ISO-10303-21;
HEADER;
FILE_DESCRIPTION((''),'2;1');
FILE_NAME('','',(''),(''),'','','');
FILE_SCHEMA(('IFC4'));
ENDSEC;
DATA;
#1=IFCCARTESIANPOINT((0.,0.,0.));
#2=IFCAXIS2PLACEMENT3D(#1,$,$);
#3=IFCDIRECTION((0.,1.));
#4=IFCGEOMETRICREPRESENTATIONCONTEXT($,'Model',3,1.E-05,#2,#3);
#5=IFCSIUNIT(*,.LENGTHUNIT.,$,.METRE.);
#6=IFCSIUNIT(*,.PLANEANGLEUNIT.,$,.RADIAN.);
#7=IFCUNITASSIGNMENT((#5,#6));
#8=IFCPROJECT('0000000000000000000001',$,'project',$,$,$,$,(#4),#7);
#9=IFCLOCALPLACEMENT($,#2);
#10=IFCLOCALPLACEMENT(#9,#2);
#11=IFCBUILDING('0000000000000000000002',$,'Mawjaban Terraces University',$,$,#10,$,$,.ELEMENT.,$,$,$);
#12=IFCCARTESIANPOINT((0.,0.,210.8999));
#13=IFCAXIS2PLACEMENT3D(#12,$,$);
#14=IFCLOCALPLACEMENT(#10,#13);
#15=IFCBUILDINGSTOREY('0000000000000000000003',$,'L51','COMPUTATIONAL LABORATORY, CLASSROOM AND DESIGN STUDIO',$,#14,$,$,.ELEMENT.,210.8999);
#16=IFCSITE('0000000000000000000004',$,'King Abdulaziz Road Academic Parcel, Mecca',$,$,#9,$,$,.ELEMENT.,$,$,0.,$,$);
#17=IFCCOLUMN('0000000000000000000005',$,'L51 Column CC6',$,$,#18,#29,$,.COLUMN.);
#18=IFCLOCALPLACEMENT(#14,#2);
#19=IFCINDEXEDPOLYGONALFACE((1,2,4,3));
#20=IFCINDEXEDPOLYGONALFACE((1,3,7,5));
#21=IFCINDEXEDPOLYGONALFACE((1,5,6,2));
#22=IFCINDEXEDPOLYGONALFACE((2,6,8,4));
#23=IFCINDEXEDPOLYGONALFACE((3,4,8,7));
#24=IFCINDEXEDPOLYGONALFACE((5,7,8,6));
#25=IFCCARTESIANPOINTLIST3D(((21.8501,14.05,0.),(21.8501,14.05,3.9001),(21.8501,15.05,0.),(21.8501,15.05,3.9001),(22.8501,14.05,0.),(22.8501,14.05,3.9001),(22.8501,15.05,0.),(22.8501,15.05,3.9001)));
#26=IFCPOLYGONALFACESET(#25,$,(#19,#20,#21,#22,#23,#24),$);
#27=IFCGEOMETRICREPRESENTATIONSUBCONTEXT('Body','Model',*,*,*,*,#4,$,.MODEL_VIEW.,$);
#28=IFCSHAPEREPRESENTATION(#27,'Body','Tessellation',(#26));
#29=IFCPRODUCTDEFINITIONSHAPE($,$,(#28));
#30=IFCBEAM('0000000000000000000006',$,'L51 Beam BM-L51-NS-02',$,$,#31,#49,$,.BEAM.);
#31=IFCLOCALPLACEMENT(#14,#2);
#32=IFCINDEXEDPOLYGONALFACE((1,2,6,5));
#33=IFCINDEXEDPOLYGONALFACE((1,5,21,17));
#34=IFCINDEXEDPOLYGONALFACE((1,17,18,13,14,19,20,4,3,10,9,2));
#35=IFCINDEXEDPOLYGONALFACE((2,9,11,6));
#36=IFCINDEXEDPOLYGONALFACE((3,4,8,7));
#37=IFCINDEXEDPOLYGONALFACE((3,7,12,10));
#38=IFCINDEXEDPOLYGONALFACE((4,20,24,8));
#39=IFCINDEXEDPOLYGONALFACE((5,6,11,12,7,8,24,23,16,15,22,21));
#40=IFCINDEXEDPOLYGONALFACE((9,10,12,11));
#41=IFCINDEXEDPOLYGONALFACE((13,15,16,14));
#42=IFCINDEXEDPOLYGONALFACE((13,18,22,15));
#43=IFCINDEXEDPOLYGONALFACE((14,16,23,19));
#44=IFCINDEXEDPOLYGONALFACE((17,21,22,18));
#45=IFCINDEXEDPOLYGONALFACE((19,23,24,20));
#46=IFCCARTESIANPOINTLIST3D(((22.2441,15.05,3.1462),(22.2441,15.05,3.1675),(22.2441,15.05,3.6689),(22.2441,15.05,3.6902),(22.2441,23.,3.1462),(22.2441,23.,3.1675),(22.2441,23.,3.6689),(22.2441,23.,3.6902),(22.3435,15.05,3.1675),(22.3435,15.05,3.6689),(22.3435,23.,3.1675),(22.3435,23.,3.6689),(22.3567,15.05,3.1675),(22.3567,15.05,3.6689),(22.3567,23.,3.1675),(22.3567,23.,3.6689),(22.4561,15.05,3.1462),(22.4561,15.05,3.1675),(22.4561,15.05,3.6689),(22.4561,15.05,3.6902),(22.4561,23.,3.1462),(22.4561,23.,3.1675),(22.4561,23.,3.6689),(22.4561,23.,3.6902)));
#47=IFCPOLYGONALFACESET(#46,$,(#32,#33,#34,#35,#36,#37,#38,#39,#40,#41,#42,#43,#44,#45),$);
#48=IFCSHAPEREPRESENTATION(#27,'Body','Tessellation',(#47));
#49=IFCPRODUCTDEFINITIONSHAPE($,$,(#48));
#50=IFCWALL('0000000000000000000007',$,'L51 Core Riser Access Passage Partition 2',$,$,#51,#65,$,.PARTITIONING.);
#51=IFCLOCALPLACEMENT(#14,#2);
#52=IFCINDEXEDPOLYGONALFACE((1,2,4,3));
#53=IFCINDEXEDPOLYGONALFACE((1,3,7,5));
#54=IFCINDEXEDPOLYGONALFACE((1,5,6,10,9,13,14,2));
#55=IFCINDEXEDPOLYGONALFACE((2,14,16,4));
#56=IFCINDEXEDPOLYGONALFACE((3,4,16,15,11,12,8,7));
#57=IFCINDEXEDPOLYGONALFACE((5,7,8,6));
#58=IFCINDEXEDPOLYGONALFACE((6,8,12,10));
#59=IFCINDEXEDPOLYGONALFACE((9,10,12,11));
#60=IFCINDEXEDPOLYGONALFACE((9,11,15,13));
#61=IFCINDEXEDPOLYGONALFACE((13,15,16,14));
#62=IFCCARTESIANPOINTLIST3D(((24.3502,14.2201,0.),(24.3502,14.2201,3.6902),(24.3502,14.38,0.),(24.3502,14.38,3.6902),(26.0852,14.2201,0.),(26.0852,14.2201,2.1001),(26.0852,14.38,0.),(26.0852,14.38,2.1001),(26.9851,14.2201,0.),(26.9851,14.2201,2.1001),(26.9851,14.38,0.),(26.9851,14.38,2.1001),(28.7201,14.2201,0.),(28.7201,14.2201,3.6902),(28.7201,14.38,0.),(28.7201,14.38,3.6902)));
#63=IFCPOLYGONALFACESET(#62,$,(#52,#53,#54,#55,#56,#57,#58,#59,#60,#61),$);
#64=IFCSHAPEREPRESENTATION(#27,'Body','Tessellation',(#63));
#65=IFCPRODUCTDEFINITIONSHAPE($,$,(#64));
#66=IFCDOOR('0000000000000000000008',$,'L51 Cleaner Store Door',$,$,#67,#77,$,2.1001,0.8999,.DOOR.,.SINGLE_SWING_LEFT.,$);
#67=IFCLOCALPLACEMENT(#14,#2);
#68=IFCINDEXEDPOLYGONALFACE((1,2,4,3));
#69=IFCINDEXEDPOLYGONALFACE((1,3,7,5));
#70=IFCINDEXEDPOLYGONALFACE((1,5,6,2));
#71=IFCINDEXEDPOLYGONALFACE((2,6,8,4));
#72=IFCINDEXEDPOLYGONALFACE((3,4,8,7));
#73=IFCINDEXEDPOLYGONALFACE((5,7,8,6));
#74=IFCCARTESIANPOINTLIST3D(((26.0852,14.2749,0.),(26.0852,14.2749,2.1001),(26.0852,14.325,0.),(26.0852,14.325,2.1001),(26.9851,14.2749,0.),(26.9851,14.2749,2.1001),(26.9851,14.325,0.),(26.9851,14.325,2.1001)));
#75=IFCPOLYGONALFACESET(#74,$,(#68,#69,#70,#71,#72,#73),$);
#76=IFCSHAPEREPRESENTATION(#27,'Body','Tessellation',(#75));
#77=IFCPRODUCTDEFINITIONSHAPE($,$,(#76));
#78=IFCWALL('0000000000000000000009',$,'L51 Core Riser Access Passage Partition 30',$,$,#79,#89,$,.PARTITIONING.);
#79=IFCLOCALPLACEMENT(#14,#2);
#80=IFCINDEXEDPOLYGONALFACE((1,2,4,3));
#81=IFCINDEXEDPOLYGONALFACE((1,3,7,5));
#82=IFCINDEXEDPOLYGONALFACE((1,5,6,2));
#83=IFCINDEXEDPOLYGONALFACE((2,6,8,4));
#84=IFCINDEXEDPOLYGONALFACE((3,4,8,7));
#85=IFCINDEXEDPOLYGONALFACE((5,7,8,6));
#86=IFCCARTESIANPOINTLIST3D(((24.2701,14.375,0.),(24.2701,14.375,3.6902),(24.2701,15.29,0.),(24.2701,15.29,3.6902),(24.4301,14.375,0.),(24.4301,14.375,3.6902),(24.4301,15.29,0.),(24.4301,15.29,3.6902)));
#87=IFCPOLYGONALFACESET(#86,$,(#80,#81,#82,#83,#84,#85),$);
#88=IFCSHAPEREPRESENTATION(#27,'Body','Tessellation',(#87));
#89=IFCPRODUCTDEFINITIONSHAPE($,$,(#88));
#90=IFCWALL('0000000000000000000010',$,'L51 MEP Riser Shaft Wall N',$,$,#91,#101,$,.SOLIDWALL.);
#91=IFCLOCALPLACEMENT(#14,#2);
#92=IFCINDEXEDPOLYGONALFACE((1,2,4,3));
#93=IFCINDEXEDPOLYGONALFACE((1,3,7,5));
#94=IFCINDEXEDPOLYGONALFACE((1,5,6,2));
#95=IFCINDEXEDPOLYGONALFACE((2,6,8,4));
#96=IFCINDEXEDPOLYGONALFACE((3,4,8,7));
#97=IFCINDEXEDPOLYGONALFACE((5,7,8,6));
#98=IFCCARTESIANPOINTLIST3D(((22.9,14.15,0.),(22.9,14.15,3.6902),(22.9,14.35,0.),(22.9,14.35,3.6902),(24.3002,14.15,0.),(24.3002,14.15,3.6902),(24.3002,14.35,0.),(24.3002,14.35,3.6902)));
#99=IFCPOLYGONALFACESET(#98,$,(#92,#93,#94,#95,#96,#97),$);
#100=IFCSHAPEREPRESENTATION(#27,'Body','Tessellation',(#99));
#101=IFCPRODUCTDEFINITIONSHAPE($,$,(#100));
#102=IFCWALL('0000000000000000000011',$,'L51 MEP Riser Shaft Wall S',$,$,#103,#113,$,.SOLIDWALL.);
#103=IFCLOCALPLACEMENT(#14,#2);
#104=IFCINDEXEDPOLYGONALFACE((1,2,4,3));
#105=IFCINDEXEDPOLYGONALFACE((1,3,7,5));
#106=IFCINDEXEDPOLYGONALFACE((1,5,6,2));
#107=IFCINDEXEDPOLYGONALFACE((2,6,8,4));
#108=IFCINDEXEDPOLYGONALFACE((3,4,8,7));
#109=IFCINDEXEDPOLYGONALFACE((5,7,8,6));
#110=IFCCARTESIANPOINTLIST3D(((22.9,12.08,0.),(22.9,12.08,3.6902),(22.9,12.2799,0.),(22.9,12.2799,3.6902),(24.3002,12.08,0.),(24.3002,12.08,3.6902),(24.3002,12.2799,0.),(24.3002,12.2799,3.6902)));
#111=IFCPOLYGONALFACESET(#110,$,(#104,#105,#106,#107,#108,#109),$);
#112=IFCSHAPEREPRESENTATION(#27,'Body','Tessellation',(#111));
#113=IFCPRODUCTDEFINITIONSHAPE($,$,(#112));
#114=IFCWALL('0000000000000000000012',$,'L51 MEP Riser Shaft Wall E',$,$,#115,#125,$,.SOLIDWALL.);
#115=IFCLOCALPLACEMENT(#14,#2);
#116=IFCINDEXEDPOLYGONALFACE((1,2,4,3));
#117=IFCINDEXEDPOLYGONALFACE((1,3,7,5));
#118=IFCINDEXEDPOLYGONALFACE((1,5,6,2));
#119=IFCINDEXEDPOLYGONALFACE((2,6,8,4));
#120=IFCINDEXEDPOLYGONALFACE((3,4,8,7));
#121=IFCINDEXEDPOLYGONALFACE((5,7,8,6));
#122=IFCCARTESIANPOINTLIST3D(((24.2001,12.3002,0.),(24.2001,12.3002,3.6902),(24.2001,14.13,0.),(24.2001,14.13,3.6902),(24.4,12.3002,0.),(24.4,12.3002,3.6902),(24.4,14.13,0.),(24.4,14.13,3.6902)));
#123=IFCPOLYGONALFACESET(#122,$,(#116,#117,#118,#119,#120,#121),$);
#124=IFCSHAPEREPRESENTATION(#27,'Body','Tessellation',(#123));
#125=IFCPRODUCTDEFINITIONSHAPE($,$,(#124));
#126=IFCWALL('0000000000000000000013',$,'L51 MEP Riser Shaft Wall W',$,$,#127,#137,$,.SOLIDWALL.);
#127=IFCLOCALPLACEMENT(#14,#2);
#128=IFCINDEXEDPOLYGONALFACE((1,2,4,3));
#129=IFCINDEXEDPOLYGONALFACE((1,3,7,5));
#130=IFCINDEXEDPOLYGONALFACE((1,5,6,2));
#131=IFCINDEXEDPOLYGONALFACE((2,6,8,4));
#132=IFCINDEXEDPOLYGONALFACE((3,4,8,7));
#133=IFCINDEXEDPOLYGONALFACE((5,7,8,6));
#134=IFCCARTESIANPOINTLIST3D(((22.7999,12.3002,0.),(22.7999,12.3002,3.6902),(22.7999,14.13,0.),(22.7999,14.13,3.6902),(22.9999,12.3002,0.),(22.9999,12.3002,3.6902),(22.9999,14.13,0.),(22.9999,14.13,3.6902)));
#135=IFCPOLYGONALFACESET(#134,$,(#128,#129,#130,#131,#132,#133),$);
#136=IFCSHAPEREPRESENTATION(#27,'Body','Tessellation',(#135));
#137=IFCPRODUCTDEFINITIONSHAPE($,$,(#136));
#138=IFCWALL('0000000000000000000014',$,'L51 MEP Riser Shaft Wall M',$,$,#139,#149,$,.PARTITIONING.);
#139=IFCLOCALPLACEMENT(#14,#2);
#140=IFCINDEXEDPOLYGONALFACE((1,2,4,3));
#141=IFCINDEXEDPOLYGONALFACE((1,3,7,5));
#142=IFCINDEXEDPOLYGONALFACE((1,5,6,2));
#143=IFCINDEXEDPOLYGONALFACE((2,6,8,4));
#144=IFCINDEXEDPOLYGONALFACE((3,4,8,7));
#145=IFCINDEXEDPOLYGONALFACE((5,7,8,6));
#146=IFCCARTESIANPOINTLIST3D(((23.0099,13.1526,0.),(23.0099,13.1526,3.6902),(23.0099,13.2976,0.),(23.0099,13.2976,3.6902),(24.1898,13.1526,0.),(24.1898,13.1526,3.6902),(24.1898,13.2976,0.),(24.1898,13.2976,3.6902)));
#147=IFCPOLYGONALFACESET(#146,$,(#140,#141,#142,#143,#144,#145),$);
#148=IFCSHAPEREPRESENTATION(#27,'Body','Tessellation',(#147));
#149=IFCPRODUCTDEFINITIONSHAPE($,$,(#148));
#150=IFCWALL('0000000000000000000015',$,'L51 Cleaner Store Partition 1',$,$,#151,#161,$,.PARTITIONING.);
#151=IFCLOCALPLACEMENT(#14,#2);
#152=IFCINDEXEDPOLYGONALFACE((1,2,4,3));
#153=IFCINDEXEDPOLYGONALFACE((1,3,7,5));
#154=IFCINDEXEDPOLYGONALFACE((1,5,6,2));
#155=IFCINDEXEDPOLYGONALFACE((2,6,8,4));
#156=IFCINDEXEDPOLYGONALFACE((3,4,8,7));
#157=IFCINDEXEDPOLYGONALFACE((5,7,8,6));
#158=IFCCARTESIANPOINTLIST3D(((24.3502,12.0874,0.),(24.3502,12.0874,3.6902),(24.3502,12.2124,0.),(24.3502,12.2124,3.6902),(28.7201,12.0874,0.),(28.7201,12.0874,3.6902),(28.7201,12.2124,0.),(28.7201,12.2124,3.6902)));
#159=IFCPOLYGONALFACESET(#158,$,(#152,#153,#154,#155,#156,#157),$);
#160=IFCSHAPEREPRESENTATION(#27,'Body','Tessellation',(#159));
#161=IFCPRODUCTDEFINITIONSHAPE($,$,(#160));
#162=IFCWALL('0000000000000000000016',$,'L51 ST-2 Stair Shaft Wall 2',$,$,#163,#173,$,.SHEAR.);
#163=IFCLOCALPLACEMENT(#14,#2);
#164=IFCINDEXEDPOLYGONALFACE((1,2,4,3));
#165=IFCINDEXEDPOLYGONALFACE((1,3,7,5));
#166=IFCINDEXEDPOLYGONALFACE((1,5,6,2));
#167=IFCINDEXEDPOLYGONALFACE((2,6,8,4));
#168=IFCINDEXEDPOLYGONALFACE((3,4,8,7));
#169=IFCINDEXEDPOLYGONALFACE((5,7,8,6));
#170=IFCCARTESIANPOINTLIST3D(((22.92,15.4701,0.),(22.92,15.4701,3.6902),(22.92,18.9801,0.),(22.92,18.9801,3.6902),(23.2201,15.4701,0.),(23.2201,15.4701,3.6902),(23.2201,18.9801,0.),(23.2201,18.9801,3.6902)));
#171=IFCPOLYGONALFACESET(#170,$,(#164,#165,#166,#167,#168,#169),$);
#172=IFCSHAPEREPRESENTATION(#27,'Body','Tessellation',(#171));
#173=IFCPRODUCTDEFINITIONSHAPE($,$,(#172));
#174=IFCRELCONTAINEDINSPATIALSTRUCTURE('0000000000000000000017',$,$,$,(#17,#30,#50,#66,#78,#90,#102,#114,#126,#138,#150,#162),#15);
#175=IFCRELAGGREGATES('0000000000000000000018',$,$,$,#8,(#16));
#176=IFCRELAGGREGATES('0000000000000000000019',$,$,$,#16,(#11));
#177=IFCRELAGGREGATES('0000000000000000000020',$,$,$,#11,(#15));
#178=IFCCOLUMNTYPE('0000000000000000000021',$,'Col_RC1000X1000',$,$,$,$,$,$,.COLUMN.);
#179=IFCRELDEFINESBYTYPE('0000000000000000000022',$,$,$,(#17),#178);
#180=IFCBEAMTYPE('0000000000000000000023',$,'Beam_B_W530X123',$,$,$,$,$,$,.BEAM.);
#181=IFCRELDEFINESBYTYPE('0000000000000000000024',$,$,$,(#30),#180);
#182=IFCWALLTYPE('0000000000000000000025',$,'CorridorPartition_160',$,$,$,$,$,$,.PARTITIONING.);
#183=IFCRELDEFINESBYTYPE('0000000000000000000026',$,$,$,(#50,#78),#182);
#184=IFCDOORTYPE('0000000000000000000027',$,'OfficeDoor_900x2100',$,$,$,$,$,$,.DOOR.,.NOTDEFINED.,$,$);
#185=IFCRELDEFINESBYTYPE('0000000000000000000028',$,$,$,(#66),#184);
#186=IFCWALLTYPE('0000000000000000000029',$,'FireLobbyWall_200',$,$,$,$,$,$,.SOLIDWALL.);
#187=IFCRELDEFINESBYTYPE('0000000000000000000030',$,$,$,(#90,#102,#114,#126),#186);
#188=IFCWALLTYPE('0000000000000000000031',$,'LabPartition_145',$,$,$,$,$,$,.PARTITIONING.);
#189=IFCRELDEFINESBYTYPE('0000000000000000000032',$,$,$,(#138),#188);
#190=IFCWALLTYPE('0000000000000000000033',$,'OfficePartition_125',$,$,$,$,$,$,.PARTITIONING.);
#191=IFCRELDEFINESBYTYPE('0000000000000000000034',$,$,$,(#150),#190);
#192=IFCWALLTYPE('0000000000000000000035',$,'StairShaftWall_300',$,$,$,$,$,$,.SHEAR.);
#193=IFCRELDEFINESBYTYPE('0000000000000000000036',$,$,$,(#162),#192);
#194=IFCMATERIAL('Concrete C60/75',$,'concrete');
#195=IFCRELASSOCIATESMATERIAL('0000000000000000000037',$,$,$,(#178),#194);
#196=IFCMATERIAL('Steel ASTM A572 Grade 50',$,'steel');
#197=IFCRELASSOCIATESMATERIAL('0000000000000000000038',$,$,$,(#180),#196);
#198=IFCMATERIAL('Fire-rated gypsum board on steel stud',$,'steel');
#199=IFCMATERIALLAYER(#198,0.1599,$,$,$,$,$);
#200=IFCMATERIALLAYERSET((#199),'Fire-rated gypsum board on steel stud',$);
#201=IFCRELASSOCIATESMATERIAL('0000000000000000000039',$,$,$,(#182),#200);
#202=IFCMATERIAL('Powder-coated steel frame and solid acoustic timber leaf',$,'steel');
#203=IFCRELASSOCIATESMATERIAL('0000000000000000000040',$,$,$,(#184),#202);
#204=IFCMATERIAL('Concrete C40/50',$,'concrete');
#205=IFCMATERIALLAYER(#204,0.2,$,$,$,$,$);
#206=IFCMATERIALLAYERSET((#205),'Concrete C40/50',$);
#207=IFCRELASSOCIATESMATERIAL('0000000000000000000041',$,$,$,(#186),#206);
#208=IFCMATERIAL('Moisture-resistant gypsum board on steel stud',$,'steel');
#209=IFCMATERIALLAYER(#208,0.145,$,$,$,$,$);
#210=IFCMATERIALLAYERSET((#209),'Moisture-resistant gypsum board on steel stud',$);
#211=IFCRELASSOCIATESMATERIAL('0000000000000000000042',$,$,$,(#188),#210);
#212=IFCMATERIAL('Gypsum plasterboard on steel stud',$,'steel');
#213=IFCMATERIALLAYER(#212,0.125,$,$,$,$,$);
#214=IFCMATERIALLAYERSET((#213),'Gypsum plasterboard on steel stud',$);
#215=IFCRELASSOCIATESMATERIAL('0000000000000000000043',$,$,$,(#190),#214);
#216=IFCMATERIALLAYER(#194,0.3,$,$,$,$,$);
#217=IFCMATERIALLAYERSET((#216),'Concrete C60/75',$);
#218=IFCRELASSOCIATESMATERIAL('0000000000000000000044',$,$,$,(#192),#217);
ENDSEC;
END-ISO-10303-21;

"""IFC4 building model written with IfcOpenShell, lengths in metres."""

from ifc_helpers import new_model, si_unit, direction, frame, frame_2d, origin, origin_2d, place, context, subcontext, project, spatial, rectangle, i_section, extrude, material, layer, layer_set, material_profile, profile_set, type_object, element, fill, save


model = new_model("IFC4")

# Units and contexts
model_context = context("Model", 3, precision=1e-05, world=origin(), true_north=direction((0.0, 1.0)))
body_context = subcontext(model_context, "Body", "Model", "MODEL_VIEW")
ifc_project = project(units=[si_unit("LENGTHUNIT", "METRE"), si_unit("PLANEANGLEUNIT", "RADIAN")], contexts=[model_context])

# Site, building, storey
site_placement = place(None, origin())
site = spatial("IfcSite", under=ifc_project, at=site_placement, Name="King Abdulaziz Road Academic Parcel, Mecca", CompositionType="ELEMENT", RefElevation=0.0)
building_placement = place(site_placement, origin())
building = spatial("IfcBuilding", under=site, at=building_placement, Name="Mawjaban Terraces University", CompositionType="ELEMENT")
storey_placement = place(building_placement, frame((0.0, 0.0, 210.8999)))
storey = spatial("IfcBuildingStorey", under=building, at=storey_placement, Name="L51", Description="COMPUTATIONAL LABORATORY, CLASSROOM AND DESIGN STUDIO", CompositionType="ELEMENT", Elevation=210.8999)

# Column
ifc_material_1 = material(Name="Concrete C60/75", Category="concrete")
ifc_material_profile_1 = material_profile(ifc_material_1, rectangle(XDim=1.0, YDim=1.0, at=origin_2d()), Name="RC1000X1000")
ifc_profile_set_1 = profile_set([ifc_material_profile_1], Name="Concrete C60/75")
column_type = type_object("IfcColumnType", Name="Col_RC1000X1000", PredefinedType="COLUMN", material=ifc_profile_set_1)
column_placement = place(storey_placement, frame((22.3501, 14.55, 0.0), z_axis=(0.0, 0.0, 1.0), x_axis=(1.0, 0.0, 0.0)))
element("IfcColumn", 1, at=column_placement, inside=storey, type_object=column_type, Name="L51 Column CC6", PredefinedType="COLUMN", context=body_context, shape_type="SweptSolid", body=[
    extrude(rectangle(XDim=1.0, YDim=1.0, at=origin_2d()), origin(), (0.0, 0.0, 1.0), 3.9001),
])

# Beam
ifc_material_2 = material(Name="Steel ASTM A572 Grade 50", Category="steel")
ifc_material_profile_2 = material_profile(ifc_material_2, i_section(OverallWidth=0.2119, OverallDepth=0.5439, WebThickness=0.0132, FlangeThickness=0.0212, at=origin_2d()), Name="W530X123")
ifc_profile_set_2 = profile_set([ifc_material_profile_2], Name="Steel ASTM A572 Grade 50")
beam_type = type_object("IfcBeamType", Name="Beam_B_W530X123", PredefinedType="BEAM", material=ifc_profile_set_2)
beam_placement = place(storey_placement, frame((22.3501, 15.05, 3.4182), z_axis=(0.0, 1.0, 0.0), x_axis=(-1.0, 0.0, 0.0)))
element("IfcBeam", 2, at=beam_placement, inside=storey, type_object=beam_type, Name="L51 Beam BM-L51-NS-02", PredefinedType="BEAM", context=body_context, shape_type="SweptSolid", body=[
    extrude(i_section(OverallWidth=0.2119, OverallDepth=0.5439, WebThickness=0.0132, FlangeThickness=0.0212, at=origin_2d()), origin(), (0.0, 0.0, 1.0), 7.95),
])

# Wall, opening, door
ifc_material_3 = material(Name="Fire-rated gypsum board on steel stud", Category="steel")
ifc_layer_1 = layer(ifc_material_3, 0.1599)
ifc_layer_set_1 = layer_set([ifc_layer_1], Name="Fire-rated gypsum board on steel stud")
wall_type_1 = type_object("IfcWallType", Name="CorridorPartition_160", PredefinedType="PARTITIONING", material=ifc_layer_set_1)
wall_1_placement = place(storey_placement, frame((24.3501, 14.3, 0.0), z_axis=(0.0, 0.0, 1.0), x_axis=(1.0, 0.0, 0.0)))
wall_1 = element("IfcWall", 3, at=wall_1_placement, inside=storey, type_object=wall_type_1, Name="L51 Core Riser Access Passage Partition 2", PredefinedType="PARTITIONING", context=body_context, shape_type="SweptSolid", body=[
    extrude(rectangle(XDim=4.3699, YDim=0.1599, at=frame_2d((2.1851, 0.0))), origin(), (0.0, 0.0, 1.0), 3.6902),
])
opening_placement = place(wall_1_placement, frame((1.7351, 0.0, 0.0)))
opening = element("IfcOpeningElement", 4, at=opening_placement, cuts=wall_1, PredefinedType="OPENING", context=body_context, shape_type="SweptSolid", body=[
    extrude(rectangle(XDim=0.8999, YDim=2.1001, at=frame_2d((0.45, 1.05))), frame((0.0, 0.0898, 0.0), z_axis=(0.0, -1.0, 0.0), x_axis=(1.0, 0.0, 0.0)), (0.0, 0.0, 1.0), 0.1799),
])
ifc_material_4 = material(Name="Powder-coated steel frame and solid acoustic timber leaf", Category="steel")
door_type = type_object("IfcDoorType", Name="OfficeDoor_900x2100", OperationType="NOTDEFINED", PredefinedType="DOOR", material=ifc_material_4)
door_placement = place(opening_placement, origin())
door = element("IfcDoor", 5, at=door_placement, inside=storey, type_object=door_type, Name="L51 Cleaner Store Door", OperationType="SINGLE_SWING_LEFT", OverallHeight=2.1001, OverallWidth=0.8999, PredefinedType="DOOR", context=body_context, shape_type="SweptSolid", body=[
    extrude(rectangle(XDim=0.8999, YDim=2.1001, at=frame_2d((0.45, 1.05))), frame((0.0, 0.0249, 0.0), z_axis=(0.0, -1.0, 0.0), x_axis=(1.0, 0.0, 0.0)), (0.0, 0.0, 1.0), 0.05),
])
fill(opening, door)

# Walls
wall_2_placement = place(storey_placement, frame((24.3501, 15.29, 0.0), z_axis=(0.0, 0.0, 1.0), x_axis=(0.0, -1.0, 0.0)))
element("IfcWall", 6, at=wall_2_placement, inside=storey, type_object=wall_type_1, Name="L51 Core Riser Access Passage Partition 30", PredefinedType="PARTITIONING", context=body_context, shape_type="SweptSolid", body=[
    extrude(rectangle(XDim=0.915, YDim=0.1599, at=frame_2d((0.4575, 0.0))), origin(), (0.0, 0.0, 1.0), 3.6902),
])
ifc_material_5 = material(Name="Concrete C40/50", Category="concrete")
ifc_layer_2 = layer(ifc_material_5, 0.2)
ifc_layer_set_2 = layer_set([ifc_layer_2], Name="Concrete C40/50")
wall_type_2 = type_object("IfcWallType", Name="FireLobbyWall_200", PredefinedType="SOLIDWALL", material=ifc_layer_set_2)
for number, where, z_axis, x_axis, name in (
    (7, (22.8999, 14.25, 0.0), (0.0, 0.0, 1.0), (1.0, 0.0, 0.0), "L51 MEP Riser Shaft Wall N"),
    (8, (22.8999, 12.1799, 0.0), (0.0, 0.0, 1.0), (1.0, 0.0, 0.0), "L51 MEP Riser Shaft Wall S"),
):
    element("IfcWall", number, at=place(storey_placement, frame(where, z_axis=z_axis, x_axis=x_axis)), inside=storey, type_object=wall_type_2, Name=name, PredefinedType="SOLIDWALL", context=body_context, shape_type="SweptSolid", body=[
        extrude(rectangle(XDim=1.4001, YDim=0.2, at=frame_2d((0.7002, 0.0))), origin(), (0.0, 0.0, 1.0), 3.6902),
    ])
for number, where, z_axis, x_axis, name in (
    (9, (24.3, 12.3, 0.0), (0.0, 0.0, 1.0), (0.0, 1.0, 0.0), "L51 MEP Riser Shaft Wall E"),
    (10, (22.8999, 12.3, 0.0), (0.0, 0.0, 1.0), (0.0, 1.0, 0.0), "L51 MEP Riser Shaft Wall W"),
):
    element("IfcWall", number, at=place(storey_placement, frame(where, z_axis=z_axis, x_axis=x_axis)), inside=storey, type_object=wall_type_2, Name=name, PredefinedType="SOLIDWALL", context=body_context, shape_type="SweptSolid", body=[
        extrude(rectangle(XDim=1.8298, YDim=0.2, at=frame_2d((0.915, 0.0))), origin(), (0.0, 0.0, 1.0), 3.6902),
    ])
ifc_material_6 = material(Name="Moisture-resistant gypsum board on steel stud", Category="steel")
ifc_layer_3 = layer(ifc_material_6, 0.145)
ifc_layer_set_3 = layer_set([ifc_layer_3], Name="Moisture-resistant gypsum board on steel stud")
wall_type_3 = type_object("IfcWallType", Name="LabPartition_145", PredefinedType="PARTITIONING", material=ifc_layer_set_3)
wall_3_placement = place(storey_placement, frame((23.01, 13.2251, 0.0), z_axis=(0.0, 0.0, 1.0), x_axis=(1.0, 0.0, 0.0)))
element("IfcWall", 11, at=wall_3_placement, inside=storey, type_object=wall_type_3, Name="L51 MEP Riser Shaft Wall M", PredefinedType="PARTITIONING", context=body_context, shape_type="SweptSolid", body=[
    extrude(rectangle(XDim=1.1799, YDim=0.145, at=frame_2d((0.5898, 0.0))), origin(), (0.0, 0.0, 1.0), 3.6902),
])
ifc_material_7 = material(Name="Gypsum plasterboard on steel stud", Category="steel")
ifc_layer_4 = layer(ifc_material_7, 0.125)
ifc_layer_set_4 = layer_set([ifc_layer_4], Name="Gypsum plasterboard on steel stud")
wall_type_4 = type_object("IfcWallType", Name="OfficePartition_125", PredefinedType="PARTITIONING", material=ifc_layer_set_4)
wall_4_placement = place(storey_placement, frame((24.3501, 12.1499, 0.0), z_axis=(0.0, 0.0, 1.0), x_axis=(1.0, 0.0, 0.0)))
element("IfcWall", 12, at=wall_4_placement, inside=storey, type_object=wall_type_4, Name="L51 Cleaner Store Partition 1", PredefinedType="PARTITIONING", context=body_context, shape_type="SweptSolid", body=[
    extrude(rectangle(XDim=4.3699, YDim=0.125, at=frame_2d((2.1851, 0.0))), origin(), (0.0, 0.0, 1.0), 3.6902),
])
ifc_layer_5 = layer(ifc_material_1, 0.3)
ifc_layer_set_5 = layer_set([ifc_layer_5], Name="Concrete C60/75")
wall_type_5 = type_object("IfcWallType", Name="StairShaftWall_300", PredefinedType="SHEAR", material=ifc_layer_set_5)
wall_5_placement = place(storey_placement, frame((23.0701, 18.98, 0.0), z_axis=(0.0, 0.0, 1.0), x_axis=(0.0, -1.0, 0.0)))
element("IfcWall", 13, at=wall_5_placement, inside=storey, type_object=wall_type_5, Name="L51 ST-2 Stair Shaft Wall 2", PredefinedType="SHEAR", context=body_context, shape_type="SweptSolid", body=[
    extrude(rectangle(XDim=3.51, YDim=0.3, at=frame_2d((1.7549, 0.0))), origin(), (0.0, 0.0, 1.0), 3.6902),
])

save(model, "model.ifc")
